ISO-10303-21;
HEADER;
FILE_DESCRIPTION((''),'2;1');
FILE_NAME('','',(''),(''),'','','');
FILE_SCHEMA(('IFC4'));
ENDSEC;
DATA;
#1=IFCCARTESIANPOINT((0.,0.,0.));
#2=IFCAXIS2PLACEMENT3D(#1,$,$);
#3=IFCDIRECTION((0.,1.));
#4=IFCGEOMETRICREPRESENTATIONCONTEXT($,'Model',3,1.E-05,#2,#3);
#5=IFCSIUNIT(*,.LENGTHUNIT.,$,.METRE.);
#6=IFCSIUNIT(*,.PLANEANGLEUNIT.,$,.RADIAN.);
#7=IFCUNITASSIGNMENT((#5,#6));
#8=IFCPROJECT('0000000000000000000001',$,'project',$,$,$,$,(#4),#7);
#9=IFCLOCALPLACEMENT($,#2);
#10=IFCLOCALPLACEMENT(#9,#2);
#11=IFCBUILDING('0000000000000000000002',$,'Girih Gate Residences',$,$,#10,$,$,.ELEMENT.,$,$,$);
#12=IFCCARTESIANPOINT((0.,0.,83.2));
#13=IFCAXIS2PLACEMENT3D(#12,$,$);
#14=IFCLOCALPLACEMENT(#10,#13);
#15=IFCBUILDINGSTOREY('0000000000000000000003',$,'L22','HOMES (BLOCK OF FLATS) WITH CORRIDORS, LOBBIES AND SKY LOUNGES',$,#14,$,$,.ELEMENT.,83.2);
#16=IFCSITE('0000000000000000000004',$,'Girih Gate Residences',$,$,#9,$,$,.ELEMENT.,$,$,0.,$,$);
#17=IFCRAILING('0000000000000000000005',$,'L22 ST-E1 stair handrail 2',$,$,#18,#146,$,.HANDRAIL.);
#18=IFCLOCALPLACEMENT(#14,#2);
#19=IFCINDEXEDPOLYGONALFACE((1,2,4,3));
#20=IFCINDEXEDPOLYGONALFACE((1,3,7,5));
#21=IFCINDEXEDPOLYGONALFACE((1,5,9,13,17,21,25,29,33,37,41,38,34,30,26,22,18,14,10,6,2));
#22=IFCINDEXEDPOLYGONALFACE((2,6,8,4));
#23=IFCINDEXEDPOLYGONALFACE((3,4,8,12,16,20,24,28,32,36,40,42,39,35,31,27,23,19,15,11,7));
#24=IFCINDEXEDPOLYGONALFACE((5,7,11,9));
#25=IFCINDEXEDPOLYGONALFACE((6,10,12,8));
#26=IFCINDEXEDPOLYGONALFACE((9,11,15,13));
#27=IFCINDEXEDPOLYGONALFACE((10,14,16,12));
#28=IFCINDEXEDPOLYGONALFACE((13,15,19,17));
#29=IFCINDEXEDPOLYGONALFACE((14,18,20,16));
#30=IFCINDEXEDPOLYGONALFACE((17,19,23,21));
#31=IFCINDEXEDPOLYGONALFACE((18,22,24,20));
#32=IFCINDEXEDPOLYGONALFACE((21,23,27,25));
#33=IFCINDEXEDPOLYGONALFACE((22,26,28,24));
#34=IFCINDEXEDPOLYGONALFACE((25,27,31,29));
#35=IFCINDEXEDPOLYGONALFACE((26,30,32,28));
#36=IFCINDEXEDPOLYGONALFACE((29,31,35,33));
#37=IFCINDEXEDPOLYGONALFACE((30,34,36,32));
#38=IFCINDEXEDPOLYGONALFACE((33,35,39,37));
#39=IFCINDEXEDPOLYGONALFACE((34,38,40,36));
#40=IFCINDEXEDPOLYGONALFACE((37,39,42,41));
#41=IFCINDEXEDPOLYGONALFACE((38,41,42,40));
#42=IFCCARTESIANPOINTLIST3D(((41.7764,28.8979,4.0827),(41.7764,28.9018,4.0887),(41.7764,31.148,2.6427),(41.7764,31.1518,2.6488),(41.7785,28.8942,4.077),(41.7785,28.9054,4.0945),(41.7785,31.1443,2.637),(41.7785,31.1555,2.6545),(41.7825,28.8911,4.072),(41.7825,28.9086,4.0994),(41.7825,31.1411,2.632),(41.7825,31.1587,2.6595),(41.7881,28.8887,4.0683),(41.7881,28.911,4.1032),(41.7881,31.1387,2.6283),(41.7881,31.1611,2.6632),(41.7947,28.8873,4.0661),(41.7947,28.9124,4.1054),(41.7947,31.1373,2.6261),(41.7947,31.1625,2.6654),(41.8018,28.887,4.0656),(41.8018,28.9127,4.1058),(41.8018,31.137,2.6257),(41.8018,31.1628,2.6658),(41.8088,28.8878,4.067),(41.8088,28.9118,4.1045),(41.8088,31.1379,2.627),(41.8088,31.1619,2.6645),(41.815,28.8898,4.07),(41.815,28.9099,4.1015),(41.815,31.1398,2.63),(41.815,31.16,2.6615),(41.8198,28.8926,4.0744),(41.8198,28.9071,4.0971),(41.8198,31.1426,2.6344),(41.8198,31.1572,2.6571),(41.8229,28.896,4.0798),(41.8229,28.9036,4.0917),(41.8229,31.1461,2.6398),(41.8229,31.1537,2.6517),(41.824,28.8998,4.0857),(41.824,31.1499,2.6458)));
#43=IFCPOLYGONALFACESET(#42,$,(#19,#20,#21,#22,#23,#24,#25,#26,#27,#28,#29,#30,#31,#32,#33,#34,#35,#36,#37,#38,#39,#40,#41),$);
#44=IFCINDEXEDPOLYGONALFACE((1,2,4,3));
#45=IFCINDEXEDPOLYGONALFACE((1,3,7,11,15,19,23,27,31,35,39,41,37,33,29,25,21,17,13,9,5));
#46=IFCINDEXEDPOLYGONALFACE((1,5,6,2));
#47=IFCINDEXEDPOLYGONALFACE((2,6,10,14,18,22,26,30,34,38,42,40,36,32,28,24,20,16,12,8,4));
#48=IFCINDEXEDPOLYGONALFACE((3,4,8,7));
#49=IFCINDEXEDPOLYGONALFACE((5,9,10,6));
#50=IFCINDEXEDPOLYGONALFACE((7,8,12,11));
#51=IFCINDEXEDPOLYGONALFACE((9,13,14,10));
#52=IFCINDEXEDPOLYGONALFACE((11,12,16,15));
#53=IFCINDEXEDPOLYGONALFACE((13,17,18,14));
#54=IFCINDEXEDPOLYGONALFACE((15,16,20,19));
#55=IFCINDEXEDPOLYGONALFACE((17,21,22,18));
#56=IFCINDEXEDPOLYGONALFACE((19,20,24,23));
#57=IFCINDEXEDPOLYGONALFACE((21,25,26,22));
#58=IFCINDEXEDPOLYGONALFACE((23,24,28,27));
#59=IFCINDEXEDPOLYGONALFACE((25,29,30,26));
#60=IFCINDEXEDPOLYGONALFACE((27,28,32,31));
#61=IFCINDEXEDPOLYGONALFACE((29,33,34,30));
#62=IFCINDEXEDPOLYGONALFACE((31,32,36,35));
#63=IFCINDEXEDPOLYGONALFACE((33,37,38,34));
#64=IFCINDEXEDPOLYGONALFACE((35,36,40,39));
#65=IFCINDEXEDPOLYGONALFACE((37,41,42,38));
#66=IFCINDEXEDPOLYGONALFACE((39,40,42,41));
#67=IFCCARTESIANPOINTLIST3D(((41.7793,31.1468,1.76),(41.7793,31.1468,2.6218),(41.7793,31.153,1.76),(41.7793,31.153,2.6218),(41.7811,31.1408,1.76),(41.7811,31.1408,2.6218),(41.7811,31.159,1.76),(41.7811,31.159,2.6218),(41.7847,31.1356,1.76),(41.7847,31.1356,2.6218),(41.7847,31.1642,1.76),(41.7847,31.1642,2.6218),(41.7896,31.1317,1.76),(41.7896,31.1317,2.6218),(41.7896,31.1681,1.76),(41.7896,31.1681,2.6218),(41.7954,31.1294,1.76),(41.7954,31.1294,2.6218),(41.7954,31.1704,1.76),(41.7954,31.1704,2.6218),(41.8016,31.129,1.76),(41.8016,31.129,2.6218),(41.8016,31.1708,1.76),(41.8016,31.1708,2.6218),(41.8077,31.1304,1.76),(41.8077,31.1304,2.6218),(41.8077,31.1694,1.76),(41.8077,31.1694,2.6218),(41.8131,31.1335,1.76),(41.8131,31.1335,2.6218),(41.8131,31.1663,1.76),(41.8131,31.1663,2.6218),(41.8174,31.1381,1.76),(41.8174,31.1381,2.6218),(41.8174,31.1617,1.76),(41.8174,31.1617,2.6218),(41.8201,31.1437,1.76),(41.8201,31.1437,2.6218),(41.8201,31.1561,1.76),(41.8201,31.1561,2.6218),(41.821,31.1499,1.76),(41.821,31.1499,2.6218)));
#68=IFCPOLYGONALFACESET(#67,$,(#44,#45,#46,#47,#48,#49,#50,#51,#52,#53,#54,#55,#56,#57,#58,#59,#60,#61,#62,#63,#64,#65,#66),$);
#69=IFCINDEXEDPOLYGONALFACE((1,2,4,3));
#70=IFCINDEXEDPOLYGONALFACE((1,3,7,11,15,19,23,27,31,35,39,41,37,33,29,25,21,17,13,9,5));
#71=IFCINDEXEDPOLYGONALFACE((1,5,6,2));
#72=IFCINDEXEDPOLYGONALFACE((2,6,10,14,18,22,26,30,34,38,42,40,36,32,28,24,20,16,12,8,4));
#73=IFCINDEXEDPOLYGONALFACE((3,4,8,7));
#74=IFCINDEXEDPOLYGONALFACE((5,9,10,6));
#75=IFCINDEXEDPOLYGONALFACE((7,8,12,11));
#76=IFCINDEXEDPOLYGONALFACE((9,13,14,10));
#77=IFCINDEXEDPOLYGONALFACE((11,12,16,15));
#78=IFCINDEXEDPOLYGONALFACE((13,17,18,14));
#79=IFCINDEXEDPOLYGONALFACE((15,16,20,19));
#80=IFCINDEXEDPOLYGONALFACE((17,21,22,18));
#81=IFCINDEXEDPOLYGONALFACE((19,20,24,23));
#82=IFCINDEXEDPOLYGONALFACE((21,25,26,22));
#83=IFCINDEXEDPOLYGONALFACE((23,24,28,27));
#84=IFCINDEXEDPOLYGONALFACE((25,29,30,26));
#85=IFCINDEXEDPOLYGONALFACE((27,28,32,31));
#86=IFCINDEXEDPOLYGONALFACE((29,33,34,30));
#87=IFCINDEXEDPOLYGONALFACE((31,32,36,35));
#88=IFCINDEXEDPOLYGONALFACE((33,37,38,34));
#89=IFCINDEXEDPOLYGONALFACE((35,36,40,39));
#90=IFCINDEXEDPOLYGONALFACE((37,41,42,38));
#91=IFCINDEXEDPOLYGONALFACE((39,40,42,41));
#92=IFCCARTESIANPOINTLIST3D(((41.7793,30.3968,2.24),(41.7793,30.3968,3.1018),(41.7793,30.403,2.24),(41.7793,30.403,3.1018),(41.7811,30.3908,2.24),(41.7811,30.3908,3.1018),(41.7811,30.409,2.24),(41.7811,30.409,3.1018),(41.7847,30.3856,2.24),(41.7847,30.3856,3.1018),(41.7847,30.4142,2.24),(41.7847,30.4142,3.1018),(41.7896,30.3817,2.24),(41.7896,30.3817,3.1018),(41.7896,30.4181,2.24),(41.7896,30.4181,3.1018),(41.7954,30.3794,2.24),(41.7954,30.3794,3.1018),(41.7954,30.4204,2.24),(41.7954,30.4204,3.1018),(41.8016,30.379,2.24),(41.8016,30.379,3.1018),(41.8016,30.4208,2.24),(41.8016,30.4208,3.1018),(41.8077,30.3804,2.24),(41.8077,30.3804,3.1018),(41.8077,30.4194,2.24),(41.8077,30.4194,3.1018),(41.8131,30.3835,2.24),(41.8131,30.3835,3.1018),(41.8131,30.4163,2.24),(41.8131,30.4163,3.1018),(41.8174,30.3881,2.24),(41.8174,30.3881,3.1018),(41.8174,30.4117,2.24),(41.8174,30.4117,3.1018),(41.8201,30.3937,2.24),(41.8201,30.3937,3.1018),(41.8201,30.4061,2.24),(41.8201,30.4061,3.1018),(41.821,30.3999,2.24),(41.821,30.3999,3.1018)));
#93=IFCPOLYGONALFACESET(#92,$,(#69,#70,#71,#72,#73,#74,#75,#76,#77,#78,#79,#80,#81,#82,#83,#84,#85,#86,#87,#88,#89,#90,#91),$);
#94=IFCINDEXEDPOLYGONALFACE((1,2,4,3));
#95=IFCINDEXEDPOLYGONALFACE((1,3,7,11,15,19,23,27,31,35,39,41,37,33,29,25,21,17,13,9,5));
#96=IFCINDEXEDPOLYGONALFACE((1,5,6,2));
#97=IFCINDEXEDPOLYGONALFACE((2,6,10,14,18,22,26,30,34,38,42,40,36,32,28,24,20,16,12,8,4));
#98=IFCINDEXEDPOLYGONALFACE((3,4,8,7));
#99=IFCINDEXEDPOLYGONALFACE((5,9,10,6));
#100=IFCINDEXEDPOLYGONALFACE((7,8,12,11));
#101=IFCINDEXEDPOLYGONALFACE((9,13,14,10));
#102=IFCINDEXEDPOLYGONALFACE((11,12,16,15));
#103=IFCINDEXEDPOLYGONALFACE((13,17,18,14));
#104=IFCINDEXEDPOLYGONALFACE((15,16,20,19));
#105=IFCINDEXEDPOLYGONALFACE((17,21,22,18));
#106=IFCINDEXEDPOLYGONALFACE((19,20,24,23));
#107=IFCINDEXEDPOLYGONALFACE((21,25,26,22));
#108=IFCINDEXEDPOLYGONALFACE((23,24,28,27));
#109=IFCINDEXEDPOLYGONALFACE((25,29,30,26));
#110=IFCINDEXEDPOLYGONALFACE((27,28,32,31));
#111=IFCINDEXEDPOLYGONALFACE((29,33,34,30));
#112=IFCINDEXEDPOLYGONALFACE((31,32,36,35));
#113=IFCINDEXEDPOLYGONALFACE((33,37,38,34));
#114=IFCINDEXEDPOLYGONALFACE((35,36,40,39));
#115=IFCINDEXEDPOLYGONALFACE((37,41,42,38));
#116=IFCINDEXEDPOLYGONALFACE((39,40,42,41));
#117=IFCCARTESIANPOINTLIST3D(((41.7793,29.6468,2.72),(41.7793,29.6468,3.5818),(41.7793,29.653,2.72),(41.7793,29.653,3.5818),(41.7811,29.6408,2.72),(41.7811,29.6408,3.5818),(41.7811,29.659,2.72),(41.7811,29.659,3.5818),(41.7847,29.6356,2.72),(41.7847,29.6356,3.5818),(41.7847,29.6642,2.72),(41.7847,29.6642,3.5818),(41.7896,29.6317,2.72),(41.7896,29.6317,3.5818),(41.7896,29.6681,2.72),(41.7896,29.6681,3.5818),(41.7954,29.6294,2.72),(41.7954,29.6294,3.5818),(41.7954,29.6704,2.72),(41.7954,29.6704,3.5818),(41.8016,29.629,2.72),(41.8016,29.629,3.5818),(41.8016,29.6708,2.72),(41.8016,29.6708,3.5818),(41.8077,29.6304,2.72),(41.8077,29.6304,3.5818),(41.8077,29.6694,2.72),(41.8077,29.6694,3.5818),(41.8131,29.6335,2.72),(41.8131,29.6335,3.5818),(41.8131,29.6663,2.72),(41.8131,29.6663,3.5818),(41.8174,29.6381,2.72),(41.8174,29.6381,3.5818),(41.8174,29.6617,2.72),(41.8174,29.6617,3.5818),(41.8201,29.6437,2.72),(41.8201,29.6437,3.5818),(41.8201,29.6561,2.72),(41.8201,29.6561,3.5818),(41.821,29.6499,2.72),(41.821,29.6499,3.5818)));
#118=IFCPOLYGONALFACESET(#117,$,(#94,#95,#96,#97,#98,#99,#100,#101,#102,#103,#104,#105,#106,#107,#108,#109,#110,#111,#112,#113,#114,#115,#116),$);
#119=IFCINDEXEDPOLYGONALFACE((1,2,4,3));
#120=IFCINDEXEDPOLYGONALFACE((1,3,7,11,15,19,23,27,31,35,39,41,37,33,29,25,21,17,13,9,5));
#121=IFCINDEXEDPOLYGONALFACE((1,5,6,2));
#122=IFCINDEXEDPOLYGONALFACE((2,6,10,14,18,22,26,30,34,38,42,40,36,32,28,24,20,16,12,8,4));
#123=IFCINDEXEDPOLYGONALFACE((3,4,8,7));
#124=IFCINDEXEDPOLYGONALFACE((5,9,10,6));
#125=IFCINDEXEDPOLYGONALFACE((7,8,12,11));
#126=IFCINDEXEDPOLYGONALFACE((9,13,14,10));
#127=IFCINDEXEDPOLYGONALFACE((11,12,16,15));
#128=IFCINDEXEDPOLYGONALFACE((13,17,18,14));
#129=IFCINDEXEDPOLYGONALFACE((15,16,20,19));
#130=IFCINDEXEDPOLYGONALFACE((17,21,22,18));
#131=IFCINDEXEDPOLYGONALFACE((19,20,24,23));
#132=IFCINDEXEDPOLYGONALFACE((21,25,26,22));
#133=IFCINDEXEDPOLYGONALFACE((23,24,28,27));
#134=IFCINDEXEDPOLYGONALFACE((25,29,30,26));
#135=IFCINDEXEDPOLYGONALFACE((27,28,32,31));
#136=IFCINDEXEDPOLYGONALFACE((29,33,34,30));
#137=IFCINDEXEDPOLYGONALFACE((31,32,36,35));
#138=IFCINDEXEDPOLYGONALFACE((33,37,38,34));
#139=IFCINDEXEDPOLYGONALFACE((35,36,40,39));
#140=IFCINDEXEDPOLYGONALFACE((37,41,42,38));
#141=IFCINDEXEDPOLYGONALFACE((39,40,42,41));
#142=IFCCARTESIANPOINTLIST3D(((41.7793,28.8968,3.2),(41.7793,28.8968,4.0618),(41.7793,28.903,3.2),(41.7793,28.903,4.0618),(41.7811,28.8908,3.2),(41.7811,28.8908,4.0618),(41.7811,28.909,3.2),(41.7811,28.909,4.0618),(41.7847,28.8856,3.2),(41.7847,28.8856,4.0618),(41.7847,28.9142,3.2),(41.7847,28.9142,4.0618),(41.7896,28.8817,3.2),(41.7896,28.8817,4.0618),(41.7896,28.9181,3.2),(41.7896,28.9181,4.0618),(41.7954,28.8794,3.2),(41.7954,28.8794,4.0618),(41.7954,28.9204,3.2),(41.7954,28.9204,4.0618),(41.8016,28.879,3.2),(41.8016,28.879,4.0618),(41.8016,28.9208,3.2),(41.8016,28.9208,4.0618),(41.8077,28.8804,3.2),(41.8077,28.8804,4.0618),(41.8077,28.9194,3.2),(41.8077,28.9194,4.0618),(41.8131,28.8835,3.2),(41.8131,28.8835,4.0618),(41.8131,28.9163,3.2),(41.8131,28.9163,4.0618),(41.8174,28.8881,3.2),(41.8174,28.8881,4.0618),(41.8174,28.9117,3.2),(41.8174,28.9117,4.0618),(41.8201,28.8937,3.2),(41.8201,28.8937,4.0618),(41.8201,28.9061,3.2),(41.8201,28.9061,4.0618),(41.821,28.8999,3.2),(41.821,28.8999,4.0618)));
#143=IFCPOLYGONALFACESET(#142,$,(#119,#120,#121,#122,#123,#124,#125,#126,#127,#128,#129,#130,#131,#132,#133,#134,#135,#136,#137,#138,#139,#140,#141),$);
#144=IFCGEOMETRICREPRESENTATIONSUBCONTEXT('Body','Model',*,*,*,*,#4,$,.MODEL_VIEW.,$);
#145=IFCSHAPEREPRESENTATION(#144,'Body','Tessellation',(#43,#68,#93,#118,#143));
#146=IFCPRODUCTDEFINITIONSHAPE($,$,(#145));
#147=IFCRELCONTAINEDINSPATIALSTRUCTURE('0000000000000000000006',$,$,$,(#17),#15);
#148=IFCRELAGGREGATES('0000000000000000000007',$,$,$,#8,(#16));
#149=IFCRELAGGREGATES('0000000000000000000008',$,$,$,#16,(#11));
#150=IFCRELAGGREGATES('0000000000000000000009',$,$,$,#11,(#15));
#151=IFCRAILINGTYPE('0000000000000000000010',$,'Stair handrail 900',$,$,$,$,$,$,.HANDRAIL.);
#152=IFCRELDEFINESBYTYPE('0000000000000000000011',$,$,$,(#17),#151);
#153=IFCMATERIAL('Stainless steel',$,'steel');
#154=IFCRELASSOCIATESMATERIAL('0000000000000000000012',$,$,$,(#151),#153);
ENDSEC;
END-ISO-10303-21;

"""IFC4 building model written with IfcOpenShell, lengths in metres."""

from ifc_helpers import new_model, si_unit, direction, frame, origin, origin_2d, place, context, subcontext, project, spatial, circle, extrude, material, type_object, element, save


model = new_model("IFC4")

# Units and contexts
model_context = context("Model", 3, precision=1e-05, world=origin(), true_north=direction((0.0, 1.0)))
body_context = subcontext(model_context, "Body", "Model", "MODEL_VIEW")
ifc_project = project(units=[si_unit("LENGTHUNIT", "METRE"), si_unit("PLANEANGLEUNIT", "RADIAN")], contexts=[model_context])

# Site, building, storey
site_placement = place(None, origin())
site = spatial("IfcSite", under=ifc_project, at=site_placement, Name="Girih Gate Residences", CompositionType="ELEMENT", RefElevation=0.0)
building_placement = place(site_placement, origin())
building = spatial("IfcBuilding", under=site, at=building_placement, Name="Girih Gate Residences", CompositionType="ELEMENT")
storey_placement = place(building_placement, frame((0.0, 0.0, 83.2)))
storey = spatial("IfcBuildingStorey", under=building, at=storey_placement, Name="L22", Description="HOMES (BLOCK OF FLATS) WITH CORRIDORS, LOBBIES AND SKY LOUNGES", CompositionType="ELEMENT", Elevation=83.2)

# Railing
ifc_material_1 = material(Name="Stainless steel", Category="steel")
railing_type_1 = type_object("IfcRailingType", Name="Stair handrail 900", PredefinedType="HANDRAIL", material=ifc_material_1)
railing_1_placement = place(storey_placement, frame((41.8, 31.1499, 1.76)))
element("IfcRailing", 1, at=railing_1_placement, inside=storey, type_object=railing_type_1, Name="L22 ST-E1 stair handrail 2", PredefinedType="HANDRAIL", context=body_context, shape_type="SweptSolid", body=[
    extrude(circle(Radius=0.0239, at=origin_2d()), frame((0.0, 0.0, 0.8857), z_axis=(0.0, -0.842281, 0.539038), x_axis=(1.0, 0.0, 0.0)), (0.0, 0.0, 1.0), 2.6714),
    extrude(circle(Radius=0.021, at=origin_2d()), origin(), (0.0, 0.0, 1.0), 0.8618),
    extrude(circle(Radius=0.021, at=origin_2d()), frame((0.0, -0.75, 0.48)), (0.0, 0.0, 1.0), 0.8618),
    extrude(circle(Radius=0.021, at=origin_2d()), frame((0.0, -1.5, 0.96)), (0.0, 0.0, 1.0), 0.8618),
    extrude(circle(Radius=0.021, at=origin_2d()), frame((0.0, -2.25, 1.4399)), (0.0, 0.0, 1.0), 0.8618),
])

save(model, "model.ifc")
